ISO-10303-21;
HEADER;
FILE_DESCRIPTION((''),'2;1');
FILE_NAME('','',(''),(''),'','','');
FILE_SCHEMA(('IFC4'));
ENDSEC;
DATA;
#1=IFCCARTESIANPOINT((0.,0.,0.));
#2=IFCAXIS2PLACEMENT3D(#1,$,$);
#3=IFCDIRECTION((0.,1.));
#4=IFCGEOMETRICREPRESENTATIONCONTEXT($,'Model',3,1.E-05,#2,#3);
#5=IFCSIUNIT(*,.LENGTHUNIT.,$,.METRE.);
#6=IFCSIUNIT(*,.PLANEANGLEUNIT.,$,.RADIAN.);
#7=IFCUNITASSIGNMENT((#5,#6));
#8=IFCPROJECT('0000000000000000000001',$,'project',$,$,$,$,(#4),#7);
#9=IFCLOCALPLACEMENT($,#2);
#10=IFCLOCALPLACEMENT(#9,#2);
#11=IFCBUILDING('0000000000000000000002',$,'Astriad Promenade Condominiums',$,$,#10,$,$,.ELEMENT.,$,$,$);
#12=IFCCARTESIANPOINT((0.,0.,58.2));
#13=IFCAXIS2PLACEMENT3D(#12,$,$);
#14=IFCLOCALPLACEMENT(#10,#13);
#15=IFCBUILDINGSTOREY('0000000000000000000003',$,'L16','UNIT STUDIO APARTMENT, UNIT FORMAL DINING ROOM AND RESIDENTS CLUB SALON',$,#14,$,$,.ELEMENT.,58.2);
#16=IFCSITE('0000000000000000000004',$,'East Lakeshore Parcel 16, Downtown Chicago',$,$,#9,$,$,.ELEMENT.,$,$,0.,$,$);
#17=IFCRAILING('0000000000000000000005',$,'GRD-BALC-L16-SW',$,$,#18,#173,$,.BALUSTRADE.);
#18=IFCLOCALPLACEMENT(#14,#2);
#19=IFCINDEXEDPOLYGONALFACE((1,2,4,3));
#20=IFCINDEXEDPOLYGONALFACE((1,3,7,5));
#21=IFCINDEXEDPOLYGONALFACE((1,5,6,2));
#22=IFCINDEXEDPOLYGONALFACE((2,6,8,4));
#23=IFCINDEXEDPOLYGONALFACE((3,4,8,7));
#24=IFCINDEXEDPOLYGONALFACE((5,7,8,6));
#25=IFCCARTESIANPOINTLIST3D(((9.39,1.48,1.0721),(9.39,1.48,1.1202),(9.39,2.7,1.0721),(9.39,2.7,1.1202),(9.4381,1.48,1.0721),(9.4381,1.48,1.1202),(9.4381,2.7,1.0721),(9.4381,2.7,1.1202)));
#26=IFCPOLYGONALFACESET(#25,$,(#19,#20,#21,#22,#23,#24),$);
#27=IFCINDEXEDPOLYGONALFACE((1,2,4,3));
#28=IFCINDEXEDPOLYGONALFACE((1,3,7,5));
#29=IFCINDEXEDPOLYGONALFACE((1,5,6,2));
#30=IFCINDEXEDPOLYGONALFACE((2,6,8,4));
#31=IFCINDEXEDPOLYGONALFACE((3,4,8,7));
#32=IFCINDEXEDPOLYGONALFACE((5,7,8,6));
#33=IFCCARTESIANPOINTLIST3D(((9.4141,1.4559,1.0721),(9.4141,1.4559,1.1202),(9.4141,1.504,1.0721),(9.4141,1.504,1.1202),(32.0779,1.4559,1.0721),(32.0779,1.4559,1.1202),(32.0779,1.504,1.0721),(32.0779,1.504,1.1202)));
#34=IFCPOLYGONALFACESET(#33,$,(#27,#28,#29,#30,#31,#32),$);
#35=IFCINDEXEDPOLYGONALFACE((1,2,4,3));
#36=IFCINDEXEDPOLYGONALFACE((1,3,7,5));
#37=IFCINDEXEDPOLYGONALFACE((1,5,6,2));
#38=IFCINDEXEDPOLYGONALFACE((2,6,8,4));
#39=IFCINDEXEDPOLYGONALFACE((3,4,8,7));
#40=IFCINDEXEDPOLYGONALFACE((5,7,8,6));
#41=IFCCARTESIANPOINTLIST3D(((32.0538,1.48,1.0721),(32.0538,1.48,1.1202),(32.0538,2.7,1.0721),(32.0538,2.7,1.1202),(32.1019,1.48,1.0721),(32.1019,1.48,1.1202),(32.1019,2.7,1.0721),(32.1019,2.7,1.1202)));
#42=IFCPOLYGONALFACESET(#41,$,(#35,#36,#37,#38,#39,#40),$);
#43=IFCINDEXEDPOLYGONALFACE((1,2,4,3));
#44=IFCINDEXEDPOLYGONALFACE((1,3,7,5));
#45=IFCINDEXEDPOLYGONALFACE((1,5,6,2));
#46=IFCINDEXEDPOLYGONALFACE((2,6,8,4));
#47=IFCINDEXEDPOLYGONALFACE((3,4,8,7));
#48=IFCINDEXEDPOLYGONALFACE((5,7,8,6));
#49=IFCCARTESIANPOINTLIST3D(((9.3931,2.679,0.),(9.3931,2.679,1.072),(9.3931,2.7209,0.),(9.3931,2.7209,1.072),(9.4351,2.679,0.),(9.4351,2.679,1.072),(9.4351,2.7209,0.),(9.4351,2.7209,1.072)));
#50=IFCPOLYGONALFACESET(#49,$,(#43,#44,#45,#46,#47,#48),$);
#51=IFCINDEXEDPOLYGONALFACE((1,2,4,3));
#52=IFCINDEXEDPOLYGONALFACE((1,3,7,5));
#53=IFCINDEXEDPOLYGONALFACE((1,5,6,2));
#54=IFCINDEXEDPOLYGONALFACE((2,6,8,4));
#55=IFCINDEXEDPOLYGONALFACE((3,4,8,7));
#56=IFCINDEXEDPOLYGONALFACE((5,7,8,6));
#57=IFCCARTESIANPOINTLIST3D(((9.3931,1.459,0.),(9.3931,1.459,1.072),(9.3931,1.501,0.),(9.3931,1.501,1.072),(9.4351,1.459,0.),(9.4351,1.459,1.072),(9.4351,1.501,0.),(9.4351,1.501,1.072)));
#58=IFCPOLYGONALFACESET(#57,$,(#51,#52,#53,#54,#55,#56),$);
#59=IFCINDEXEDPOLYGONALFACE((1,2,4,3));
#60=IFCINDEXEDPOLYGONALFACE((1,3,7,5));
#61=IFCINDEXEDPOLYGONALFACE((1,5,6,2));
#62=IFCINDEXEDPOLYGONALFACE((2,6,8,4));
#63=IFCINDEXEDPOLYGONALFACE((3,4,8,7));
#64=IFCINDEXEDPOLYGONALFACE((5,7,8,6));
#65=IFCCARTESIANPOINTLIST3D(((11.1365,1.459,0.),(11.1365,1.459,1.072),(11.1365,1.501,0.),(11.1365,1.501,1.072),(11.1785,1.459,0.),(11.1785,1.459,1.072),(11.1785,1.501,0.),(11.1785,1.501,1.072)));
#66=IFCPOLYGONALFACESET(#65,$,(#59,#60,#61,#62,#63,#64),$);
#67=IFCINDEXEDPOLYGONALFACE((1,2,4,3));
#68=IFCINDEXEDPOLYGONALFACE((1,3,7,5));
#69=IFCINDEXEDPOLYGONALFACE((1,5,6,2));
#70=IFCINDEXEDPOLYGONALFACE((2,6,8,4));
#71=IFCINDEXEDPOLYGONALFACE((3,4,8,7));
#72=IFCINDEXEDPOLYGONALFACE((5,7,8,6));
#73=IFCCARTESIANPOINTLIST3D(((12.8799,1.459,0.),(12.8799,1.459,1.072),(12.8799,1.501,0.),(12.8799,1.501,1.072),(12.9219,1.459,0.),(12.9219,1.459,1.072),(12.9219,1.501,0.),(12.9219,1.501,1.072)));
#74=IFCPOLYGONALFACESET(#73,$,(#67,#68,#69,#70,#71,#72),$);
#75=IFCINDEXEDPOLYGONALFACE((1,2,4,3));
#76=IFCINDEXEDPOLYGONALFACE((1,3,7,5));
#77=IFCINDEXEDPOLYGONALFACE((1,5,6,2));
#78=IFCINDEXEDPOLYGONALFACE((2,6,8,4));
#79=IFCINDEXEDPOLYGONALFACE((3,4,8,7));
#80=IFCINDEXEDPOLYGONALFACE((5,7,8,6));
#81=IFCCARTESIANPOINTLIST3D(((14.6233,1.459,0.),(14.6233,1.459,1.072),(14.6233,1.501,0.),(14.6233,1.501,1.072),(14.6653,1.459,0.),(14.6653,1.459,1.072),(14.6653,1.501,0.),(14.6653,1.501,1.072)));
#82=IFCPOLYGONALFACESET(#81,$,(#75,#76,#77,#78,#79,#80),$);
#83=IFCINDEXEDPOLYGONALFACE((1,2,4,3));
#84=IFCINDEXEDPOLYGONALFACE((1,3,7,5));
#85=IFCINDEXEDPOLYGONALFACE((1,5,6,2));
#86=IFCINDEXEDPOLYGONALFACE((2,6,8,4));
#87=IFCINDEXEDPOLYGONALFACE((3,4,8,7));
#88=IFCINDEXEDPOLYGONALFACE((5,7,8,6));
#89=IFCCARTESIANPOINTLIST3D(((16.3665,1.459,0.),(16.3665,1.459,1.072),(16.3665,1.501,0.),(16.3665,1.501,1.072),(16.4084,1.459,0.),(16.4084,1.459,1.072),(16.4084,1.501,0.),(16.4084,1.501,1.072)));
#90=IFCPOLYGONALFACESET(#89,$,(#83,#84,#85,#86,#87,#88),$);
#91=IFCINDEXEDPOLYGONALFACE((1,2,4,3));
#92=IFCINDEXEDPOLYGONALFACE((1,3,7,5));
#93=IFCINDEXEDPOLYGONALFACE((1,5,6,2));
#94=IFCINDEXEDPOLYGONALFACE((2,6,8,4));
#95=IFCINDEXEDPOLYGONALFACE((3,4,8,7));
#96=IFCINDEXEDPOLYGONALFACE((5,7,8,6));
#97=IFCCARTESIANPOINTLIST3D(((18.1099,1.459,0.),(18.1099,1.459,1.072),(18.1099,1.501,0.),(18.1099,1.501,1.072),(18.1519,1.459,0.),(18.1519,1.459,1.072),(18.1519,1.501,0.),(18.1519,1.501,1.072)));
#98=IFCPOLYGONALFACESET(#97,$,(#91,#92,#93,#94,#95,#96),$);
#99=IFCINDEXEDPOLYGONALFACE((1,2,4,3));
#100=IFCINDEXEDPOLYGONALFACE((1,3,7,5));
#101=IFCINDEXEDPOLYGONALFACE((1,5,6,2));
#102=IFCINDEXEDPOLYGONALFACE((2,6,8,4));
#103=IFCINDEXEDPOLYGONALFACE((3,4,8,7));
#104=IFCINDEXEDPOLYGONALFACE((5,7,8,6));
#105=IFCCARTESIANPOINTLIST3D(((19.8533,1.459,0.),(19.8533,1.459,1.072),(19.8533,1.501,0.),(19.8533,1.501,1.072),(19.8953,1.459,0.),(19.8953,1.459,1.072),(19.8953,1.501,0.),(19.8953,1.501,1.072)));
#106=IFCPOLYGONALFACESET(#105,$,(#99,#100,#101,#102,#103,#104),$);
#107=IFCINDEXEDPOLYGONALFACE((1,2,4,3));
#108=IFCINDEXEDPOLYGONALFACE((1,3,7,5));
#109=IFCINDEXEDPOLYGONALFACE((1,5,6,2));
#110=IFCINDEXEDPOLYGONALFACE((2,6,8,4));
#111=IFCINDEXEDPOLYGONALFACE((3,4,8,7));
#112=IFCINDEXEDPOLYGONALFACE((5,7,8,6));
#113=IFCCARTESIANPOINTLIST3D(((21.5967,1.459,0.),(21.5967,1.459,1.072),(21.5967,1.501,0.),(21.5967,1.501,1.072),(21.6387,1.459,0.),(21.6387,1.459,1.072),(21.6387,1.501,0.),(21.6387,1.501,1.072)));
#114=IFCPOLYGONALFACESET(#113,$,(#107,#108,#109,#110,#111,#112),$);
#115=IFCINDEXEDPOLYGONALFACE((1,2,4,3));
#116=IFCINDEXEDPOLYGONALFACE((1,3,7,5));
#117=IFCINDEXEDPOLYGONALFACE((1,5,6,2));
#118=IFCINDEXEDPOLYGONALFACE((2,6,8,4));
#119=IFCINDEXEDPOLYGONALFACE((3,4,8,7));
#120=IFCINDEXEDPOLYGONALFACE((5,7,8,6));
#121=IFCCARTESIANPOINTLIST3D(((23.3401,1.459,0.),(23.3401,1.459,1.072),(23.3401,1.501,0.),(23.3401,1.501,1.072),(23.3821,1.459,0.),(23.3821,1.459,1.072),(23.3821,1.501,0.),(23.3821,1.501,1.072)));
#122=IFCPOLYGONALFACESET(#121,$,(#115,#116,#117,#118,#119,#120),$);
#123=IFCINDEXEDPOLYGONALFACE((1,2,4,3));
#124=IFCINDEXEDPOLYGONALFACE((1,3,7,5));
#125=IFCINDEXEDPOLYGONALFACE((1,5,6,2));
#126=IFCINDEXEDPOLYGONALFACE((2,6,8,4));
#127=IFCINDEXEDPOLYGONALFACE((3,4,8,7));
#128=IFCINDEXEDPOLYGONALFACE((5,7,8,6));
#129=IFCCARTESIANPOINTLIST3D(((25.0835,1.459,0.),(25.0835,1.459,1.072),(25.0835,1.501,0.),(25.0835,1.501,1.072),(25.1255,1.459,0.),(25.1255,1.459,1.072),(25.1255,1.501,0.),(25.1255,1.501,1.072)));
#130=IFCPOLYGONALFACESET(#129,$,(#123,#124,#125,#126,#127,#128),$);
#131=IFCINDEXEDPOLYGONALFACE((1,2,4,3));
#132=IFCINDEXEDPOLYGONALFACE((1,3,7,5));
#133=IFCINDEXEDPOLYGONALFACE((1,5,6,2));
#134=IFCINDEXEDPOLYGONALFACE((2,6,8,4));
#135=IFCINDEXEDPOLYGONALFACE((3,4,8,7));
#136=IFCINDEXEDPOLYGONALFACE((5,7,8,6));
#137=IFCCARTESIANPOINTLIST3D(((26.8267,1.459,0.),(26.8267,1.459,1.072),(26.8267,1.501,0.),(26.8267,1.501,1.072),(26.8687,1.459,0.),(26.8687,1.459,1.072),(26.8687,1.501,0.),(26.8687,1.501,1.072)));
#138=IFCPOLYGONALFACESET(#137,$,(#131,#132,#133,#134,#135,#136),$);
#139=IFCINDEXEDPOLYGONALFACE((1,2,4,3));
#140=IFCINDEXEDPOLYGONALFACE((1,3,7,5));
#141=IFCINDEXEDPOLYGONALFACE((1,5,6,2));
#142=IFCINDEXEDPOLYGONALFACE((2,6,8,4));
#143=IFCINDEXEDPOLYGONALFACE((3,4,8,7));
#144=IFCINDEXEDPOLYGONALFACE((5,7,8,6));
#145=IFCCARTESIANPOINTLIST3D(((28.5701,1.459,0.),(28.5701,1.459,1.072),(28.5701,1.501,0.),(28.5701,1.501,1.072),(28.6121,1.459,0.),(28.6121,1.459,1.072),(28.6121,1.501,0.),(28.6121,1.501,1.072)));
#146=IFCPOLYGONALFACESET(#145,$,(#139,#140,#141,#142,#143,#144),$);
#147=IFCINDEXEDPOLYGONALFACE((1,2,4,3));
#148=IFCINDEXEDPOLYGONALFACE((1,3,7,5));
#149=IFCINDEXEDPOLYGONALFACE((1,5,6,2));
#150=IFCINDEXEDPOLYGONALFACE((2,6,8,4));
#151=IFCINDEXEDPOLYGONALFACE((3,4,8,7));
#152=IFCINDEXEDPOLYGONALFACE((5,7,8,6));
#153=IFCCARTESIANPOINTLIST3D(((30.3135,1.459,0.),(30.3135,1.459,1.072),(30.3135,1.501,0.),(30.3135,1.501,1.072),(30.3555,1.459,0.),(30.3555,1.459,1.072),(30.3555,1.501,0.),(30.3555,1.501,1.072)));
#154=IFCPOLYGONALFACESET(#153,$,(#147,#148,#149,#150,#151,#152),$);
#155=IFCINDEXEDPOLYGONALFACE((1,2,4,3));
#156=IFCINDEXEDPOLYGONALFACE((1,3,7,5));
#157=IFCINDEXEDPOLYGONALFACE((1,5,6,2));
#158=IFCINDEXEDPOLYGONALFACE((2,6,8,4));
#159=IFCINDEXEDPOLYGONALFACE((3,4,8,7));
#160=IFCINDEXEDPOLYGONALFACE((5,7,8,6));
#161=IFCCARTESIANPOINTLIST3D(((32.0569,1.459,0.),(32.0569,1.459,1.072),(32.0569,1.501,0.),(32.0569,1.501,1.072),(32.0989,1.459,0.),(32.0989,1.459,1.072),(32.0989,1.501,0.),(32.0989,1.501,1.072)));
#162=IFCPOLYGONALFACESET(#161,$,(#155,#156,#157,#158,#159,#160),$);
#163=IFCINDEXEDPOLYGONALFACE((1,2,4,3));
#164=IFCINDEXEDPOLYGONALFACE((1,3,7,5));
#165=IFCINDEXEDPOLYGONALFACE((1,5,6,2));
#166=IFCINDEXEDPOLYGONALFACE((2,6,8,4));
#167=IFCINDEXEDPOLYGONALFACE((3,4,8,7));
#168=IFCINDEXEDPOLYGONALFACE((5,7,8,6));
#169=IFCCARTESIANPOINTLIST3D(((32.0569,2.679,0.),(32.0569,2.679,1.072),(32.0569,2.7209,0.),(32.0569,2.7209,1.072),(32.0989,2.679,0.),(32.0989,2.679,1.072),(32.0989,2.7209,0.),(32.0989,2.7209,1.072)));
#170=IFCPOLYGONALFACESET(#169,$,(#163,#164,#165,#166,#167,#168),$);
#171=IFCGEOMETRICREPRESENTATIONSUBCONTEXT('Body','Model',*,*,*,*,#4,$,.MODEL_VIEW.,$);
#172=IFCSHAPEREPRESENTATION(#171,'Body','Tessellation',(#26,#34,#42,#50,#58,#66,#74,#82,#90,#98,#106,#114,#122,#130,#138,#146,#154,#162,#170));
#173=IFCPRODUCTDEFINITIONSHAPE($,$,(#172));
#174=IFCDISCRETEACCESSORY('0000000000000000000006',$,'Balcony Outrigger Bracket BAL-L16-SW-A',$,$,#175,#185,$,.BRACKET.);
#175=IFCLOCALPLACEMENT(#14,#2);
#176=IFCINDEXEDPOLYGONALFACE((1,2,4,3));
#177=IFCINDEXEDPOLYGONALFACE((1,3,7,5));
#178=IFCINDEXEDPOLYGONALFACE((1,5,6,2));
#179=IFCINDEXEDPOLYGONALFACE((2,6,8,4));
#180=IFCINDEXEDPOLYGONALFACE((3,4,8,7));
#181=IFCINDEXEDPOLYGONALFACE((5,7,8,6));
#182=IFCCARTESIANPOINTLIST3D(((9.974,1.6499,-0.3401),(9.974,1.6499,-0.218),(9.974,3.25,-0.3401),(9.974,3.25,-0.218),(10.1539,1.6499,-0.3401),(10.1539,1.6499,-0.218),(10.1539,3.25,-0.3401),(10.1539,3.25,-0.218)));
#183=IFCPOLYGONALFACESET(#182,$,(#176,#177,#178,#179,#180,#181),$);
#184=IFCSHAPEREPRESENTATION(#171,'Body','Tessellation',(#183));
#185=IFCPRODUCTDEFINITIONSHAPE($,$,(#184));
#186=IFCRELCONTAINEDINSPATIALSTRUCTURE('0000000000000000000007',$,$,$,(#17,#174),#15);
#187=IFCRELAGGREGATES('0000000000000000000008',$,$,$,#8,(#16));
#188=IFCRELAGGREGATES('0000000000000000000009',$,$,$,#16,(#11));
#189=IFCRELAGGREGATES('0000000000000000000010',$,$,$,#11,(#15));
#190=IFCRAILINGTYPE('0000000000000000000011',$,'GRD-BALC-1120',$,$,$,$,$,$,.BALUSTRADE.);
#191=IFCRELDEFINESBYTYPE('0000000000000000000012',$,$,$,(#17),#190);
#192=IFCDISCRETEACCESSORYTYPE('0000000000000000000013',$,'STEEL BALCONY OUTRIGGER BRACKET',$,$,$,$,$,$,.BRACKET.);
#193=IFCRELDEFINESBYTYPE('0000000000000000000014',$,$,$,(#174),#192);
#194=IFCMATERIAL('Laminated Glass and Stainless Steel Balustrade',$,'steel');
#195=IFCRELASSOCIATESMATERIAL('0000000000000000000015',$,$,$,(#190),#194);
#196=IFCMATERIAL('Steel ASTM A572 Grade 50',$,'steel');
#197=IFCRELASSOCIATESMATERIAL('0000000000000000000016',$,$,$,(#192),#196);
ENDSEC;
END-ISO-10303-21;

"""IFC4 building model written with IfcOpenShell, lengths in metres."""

from ifc_helpers import new_model, si_unit, direction, frame, origin, origin_2d, place, context, subcontext, project, spatial, rectangle, extrude, source, transform, mapped, material, type_object, type_shapes, element, save


model = new_model("IFC4")

# Units and contexts
model_context = context("Model", 3, precision=1e-05, world=origin(), true_north=direction((0.0, 1.0)))
body_context = subcontext(model_context, "Body", "Model", "MODEL_VIEW")
ifc_project = project(units=[si_unit("LENGTHUNIT", "METRE"), si_unit("PLANEANGLEUNIT", "RADIAN")], contexts=[model_context])

# Site, building, storey
site_placement = place(None, origin())
site = spatial("IfcSite", under=ifc_project, at=site_placement, Name="East Lakeshore Parcel 16, Downtown Chicago", CompositionType="ELEMENT", RefElevation=0.0)
building_placement = place(site_placement, origin())
building = spatial("IfcBuilding", under=site, at=building_placement, Name="Astriad Promenade Condominiums", CompositionType="ELEMENT")
storey_placement = place(building_placement, frame((0.0, 0.0, 58.2)))
storey = spatial("IfcBuildingStorey", under=building, at=storey_placement, Name="L16", Description="UNIT STUDIO APARTMENT, UNIT FORMAL DINING ROOM AND RESIDENTS CLUB SALON", CompositionType="ELEMENT", Elevation=58.2)

# Railing
ifc_material_1 = material(Name="Laminated Glass and Stainless Steel Balustrade", Category="steel")
railing_type = type_object("IfcRailingType", Name="GRD-BALC-1120", PredefinedType="BALUSTRADE", material=ifc_material_1)
shared_shape_1 = source(origin(), body_context, "Body", "SweptSolid", [
    extrude(rectangle(XDim=0.0481, YDim=0.0481, at=origin_2d()), frame((0.0, 0.0, 1.0962), z_axis=(0.0, -1.0, 0.0), x_axis=(1.0, 0.0, 0.0)), (0.0, 0.0, 1.0), 1.22),
    extrude(rectangle(XDim=0.0481, YDim=0.0481, at=origin_2d()), frame((0.0, -1.22, 1.0962), z_axis=(1.0, 0.0, 0.0), x_axis=(0.0, 1.0, 0.0)), (0.0, 0.0, 1.0), 22.6638),
    extrude(rectangle(XDim=0.0481, YDim=0.0481, at=origin_2d()), frame((22.6638, -1.22, 1.0962), z_axis=(0.0, 1.0, 0.0), x_axis=(-1.0, 0.0, 0.0)), (0.0, 0.0, 1.0), 1.22),
    extrude(rectangle(XDim=0.042, YDim=0.042, at=origin_2d()), origin(), (0.0, 0.0, 1.0), 1.072),
    extrude(rectangle(XDim=0.042, YDim=0.042, at=origin_2d()), frame((0.0, -1.22, 0.0)), (0.0, 0.0, 1.0), 1.072),
    extrude(rectangle(XDim=0.042, YDim=0.042, at=origin_2d()), frame((1.7434, -1.22, 0.0)), (0.0, 0.0, 1.0), 1.072),
    extrude(rectangle(XDim=0.042, YDim=0.042, at=origin_2d()), frame((3.4868, -1.22, 0.0)), (0.0, 0.0, 1.0), 1.072),
    extrude(rectangle(XDim=0.042, YDim=0.042, at=origin_2d()), frame((5.2302, -1.22, 0.0)), (0.0, 0.0, 1.0), 1.072),
    extrude(rectangle(XDim=0.042, YDim=0.042, at=origin_2d()), frame((6.9734, -1.22, 0.0)), (0.0, 0.0, 1.0), 1.072),
    extrude(rectangle(XDim=0.042, YDim=0.042, at=origin_2d()), frame((8.7168, -1.22, 0.0)), (0.0, 0.0, 1.0), 1.072),
    extrude(rectangle(XDim=0.042, YDim=0.042, at=origin_2d()), frame((10.4602, -1.22, 0.0)), (0.0, 0.0, 1.0), 1.072),
    extrude(rectangle(XDim=0.042, YDim=0.042, at=origin_2d()), frame((12.2036, -1.22, 0.0)), (0.0, 0.0, 1.0), 1.072),
    extrude(rectangle(XDim=0.042, YDim=0.042, at=origin_2d()), frame((13.947, -1.22, 0.0)), (0.0, 0.0, 1.0), 1.072),
    extrude(rectangle(XDim=0.042, YDim=0.042, at=origin_2d()), frame((15.6904, -1.22, 0.0)), (0.0, 0.0, 1.0), 1.072),
    extrude(rectangle(XDim=0.042, YDim=0.042, at=origin_2d()), frame((17.4336, -1.22, 0.0)), (0.0, 0.0, 1.0), 1.072),
    extrude(rectangle(XDim=0.042, YDim=0.042, at=origin_2d()), frame((19.177, -1.22, 0.0)), (0.0, 0.0, 1.0), 1.072),
    extrude(rectangle(XDim=0.042, YDim=0.042, at=origin_2d()), frame((20.9204, -1.22, 0.0)), (0.0, 0.0, 1.0), 1.072),
    extrude(rectangle(XDim=0.042, YDim=0.042, at=origin_2d()), frame((22.6638, -1.22, 0.0)), (0.0, 0.0, 1.0), 1.072),
    extrude(rectangle(XDim=0.042, YDim=0.042, at=origin_2d()), frame((22.6638, 0.0, 0.0)), (0.0, 0.0, 1.0), 1.072),
])
type_shapes(railing_type, [shared_shape_1])
railing_placement = place(storey_placement, frame((9.4141, 2.7, 0.0)))
element("IfcRailing", 1, at=railing_placement, inside=storey, type_object=railing_type, Name="GRD-BALC-L16-SW", PredefinedType="BALUSTRADE", context=body_context, shape_type="MappedRepresentation", body=[
    mapped(shared_shape_1, transform((0.0, 0.0, 0.0), scale=1.0)),
])

# Discrete accessory
ifc_material_2 = material(Name="Steel ASTM A572 Grade 50", Category="steel")
discrete_accessory_type = type_object("IfcDiscreteAccessoryType", Name="STEEL BALCONY OUTRIGGER BRACKET", PredefinedType="BRACKET", material=ifc_material_2)
shared_shape_2 = source(origin(), body_context, "Body", "SweptSolid", [
    extrude(rectangle(XDim=1.6001, YDim=0.1799, at=origin_2d()), origin(), (0.0, 0.0, 1.0), 0.1221),
])
type_shapes(discrete_accessory_type, [shared_shape_2])
discrete_accessory_placement = place(storey_placement, frame((10.064, 2.45, -0.3401), z_axis=(0.0, 0.0, 1.0), x_axis=(0.0, -1.0, 0.0)))
element("IfcDiscreteAccessory", 2, at=discrete_accessory_placement, inside=storey, type_object=discrete_accessory_type, Name="Balcony Outrigger Bracket BAL-L16-SW-A", PredefinedType="BRACKET", context=body_context, shape_type="MappedRepresentation", body=[
    mapped(shared_shape_2, transform((0.0, 0.0, 0.0), scale=1.0)),
])

save(model, "model.ifc")
